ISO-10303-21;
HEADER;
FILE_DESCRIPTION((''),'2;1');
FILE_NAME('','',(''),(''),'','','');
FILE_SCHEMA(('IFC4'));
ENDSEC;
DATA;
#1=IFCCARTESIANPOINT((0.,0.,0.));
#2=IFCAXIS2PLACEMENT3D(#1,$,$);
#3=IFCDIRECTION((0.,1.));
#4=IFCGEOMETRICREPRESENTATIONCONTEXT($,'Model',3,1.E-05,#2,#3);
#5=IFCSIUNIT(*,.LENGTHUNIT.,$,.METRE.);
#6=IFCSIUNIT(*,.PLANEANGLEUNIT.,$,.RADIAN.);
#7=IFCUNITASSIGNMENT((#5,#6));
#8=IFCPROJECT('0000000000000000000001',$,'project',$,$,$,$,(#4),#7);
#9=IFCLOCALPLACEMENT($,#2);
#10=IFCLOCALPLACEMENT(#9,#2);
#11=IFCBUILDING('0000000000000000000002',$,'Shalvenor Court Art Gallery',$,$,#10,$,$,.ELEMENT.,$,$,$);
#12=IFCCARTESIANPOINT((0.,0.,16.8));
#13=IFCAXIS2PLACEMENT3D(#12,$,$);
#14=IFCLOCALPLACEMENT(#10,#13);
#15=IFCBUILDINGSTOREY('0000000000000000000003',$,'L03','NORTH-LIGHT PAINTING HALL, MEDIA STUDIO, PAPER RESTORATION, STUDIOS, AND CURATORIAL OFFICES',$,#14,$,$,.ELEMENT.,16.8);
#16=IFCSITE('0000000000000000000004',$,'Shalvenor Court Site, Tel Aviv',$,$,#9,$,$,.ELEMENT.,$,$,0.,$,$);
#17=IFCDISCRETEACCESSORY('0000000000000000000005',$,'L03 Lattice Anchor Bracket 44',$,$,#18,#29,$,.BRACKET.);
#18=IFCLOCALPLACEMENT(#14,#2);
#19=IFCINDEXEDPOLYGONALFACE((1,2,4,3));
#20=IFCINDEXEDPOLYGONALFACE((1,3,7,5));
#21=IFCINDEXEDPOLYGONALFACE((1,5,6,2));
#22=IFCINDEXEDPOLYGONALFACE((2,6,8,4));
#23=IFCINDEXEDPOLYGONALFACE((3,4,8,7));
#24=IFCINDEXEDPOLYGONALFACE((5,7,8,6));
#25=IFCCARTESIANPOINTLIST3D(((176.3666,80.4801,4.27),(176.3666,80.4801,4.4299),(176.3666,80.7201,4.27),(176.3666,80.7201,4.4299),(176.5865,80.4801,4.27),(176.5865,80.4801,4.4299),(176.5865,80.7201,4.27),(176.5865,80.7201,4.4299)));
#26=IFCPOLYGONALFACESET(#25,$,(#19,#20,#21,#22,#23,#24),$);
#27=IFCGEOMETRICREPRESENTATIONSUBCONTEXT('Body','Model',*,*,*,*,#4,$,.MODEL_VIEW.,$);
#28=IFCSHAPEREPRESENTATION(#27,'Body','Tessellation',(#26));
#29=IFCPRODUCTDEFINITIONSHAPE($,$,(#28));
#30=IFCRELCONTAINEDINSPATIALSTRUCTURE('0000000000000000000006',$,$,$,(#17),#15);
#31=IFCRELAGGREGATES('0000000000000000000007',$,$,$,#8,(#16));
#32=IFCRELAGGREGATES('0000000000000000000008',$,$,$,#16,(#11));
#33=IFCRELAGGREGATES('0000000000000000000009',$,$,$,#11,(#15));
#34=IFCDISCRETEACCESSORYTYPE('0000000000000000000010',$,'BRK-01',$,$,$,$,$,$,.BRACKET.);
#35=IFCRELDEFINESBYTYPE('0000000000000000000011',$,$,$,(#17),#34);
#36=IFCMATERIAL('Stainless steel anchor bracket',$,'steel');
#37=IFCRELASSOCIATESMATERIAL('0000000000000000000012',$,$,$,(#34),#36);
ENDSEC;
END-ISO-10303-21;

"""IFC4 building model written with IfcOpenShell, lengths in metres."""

from ifc_helpers import new_model, si_unit, direction, frame, origin, origin_2d, place, context, subcontext, project, spatial, rectangle, extrude, material, type_object, element, save


model = new_model("IFC4")

# Units and contexts
model_context = context("Model", 3, precision=1e-05, world=origin(), true_north=direction((0.0, 1.0)))
body_context = subcontext(model_context, "Body", "Model", "MODEL_VIEW")
ifc_project = project(units=[si_unit("LENGTHUNIT", "METRE"), si_unit("PLANEANGLEUNIT", "RADIAN")], contexts=[model_context])

# Site, building, storey
site_placement = place(None, origin())
site = spatial("IfcSite", under=ifc_project, at=site_placement, Name="Shalvenor Court Site, Tel Aviv", CompositionType="ELEMENT", RefElevation=0.0)
building_placement = place(site_placement, origin())
building = spatial("IfcBuilding", under=site, at=building_placement, Name="Shalvenor Court Art Gallery", CompositionType="ELEMENT")
storey_placement = place(building_placement, frame((0.0, 0.0, 16.8)))
storey = spatial("IfcBuildingStorey", under=building, at=storey_placement, Name="L03", Description="NORTH-LIGHT PAINTING HALL, MEDIA STUDIO, PAPER RESTORATION, STUDIOS, AND CURATORIAL OFFICES", CompositionType="ELEMENT", Elevation=16.8)

# Discrete accessory
ifc_material_1 = material(Name="Stainless steel anchor bracket", Category="steel")
discrete_accessory_type = type_object("IfcDiscreteAccessoryType", Name="BRK-01", PredefinedType="BRACKET", material=ifc_material_1)
for number, where, z_axis, x_axis, name in (
    (1, (176.4766, 80.6001, 4.27), (0.0, 0.0, 1.0), (0.0, -1.0, 0.0), "L03 Lattice Anchor Bracket 44"),
):
    element("IfcDiscreteAccessory", number, at=place(storey_placement, frame(where, z_axis=z_axis, x_axis=x_axis)), inside=storey, type_object=discrete_accessory_type, Name=name, PredefinedType="BRACKET", context=body_context, shape_type="SweptSolid", body=[
        extrude(rectangle(XDim=0.24, YDim=0.22, at=origin_2d()), origin(), (0.0, 0.0, 1.0), 0.1599),
    ])

save(model, "model.ifc")
